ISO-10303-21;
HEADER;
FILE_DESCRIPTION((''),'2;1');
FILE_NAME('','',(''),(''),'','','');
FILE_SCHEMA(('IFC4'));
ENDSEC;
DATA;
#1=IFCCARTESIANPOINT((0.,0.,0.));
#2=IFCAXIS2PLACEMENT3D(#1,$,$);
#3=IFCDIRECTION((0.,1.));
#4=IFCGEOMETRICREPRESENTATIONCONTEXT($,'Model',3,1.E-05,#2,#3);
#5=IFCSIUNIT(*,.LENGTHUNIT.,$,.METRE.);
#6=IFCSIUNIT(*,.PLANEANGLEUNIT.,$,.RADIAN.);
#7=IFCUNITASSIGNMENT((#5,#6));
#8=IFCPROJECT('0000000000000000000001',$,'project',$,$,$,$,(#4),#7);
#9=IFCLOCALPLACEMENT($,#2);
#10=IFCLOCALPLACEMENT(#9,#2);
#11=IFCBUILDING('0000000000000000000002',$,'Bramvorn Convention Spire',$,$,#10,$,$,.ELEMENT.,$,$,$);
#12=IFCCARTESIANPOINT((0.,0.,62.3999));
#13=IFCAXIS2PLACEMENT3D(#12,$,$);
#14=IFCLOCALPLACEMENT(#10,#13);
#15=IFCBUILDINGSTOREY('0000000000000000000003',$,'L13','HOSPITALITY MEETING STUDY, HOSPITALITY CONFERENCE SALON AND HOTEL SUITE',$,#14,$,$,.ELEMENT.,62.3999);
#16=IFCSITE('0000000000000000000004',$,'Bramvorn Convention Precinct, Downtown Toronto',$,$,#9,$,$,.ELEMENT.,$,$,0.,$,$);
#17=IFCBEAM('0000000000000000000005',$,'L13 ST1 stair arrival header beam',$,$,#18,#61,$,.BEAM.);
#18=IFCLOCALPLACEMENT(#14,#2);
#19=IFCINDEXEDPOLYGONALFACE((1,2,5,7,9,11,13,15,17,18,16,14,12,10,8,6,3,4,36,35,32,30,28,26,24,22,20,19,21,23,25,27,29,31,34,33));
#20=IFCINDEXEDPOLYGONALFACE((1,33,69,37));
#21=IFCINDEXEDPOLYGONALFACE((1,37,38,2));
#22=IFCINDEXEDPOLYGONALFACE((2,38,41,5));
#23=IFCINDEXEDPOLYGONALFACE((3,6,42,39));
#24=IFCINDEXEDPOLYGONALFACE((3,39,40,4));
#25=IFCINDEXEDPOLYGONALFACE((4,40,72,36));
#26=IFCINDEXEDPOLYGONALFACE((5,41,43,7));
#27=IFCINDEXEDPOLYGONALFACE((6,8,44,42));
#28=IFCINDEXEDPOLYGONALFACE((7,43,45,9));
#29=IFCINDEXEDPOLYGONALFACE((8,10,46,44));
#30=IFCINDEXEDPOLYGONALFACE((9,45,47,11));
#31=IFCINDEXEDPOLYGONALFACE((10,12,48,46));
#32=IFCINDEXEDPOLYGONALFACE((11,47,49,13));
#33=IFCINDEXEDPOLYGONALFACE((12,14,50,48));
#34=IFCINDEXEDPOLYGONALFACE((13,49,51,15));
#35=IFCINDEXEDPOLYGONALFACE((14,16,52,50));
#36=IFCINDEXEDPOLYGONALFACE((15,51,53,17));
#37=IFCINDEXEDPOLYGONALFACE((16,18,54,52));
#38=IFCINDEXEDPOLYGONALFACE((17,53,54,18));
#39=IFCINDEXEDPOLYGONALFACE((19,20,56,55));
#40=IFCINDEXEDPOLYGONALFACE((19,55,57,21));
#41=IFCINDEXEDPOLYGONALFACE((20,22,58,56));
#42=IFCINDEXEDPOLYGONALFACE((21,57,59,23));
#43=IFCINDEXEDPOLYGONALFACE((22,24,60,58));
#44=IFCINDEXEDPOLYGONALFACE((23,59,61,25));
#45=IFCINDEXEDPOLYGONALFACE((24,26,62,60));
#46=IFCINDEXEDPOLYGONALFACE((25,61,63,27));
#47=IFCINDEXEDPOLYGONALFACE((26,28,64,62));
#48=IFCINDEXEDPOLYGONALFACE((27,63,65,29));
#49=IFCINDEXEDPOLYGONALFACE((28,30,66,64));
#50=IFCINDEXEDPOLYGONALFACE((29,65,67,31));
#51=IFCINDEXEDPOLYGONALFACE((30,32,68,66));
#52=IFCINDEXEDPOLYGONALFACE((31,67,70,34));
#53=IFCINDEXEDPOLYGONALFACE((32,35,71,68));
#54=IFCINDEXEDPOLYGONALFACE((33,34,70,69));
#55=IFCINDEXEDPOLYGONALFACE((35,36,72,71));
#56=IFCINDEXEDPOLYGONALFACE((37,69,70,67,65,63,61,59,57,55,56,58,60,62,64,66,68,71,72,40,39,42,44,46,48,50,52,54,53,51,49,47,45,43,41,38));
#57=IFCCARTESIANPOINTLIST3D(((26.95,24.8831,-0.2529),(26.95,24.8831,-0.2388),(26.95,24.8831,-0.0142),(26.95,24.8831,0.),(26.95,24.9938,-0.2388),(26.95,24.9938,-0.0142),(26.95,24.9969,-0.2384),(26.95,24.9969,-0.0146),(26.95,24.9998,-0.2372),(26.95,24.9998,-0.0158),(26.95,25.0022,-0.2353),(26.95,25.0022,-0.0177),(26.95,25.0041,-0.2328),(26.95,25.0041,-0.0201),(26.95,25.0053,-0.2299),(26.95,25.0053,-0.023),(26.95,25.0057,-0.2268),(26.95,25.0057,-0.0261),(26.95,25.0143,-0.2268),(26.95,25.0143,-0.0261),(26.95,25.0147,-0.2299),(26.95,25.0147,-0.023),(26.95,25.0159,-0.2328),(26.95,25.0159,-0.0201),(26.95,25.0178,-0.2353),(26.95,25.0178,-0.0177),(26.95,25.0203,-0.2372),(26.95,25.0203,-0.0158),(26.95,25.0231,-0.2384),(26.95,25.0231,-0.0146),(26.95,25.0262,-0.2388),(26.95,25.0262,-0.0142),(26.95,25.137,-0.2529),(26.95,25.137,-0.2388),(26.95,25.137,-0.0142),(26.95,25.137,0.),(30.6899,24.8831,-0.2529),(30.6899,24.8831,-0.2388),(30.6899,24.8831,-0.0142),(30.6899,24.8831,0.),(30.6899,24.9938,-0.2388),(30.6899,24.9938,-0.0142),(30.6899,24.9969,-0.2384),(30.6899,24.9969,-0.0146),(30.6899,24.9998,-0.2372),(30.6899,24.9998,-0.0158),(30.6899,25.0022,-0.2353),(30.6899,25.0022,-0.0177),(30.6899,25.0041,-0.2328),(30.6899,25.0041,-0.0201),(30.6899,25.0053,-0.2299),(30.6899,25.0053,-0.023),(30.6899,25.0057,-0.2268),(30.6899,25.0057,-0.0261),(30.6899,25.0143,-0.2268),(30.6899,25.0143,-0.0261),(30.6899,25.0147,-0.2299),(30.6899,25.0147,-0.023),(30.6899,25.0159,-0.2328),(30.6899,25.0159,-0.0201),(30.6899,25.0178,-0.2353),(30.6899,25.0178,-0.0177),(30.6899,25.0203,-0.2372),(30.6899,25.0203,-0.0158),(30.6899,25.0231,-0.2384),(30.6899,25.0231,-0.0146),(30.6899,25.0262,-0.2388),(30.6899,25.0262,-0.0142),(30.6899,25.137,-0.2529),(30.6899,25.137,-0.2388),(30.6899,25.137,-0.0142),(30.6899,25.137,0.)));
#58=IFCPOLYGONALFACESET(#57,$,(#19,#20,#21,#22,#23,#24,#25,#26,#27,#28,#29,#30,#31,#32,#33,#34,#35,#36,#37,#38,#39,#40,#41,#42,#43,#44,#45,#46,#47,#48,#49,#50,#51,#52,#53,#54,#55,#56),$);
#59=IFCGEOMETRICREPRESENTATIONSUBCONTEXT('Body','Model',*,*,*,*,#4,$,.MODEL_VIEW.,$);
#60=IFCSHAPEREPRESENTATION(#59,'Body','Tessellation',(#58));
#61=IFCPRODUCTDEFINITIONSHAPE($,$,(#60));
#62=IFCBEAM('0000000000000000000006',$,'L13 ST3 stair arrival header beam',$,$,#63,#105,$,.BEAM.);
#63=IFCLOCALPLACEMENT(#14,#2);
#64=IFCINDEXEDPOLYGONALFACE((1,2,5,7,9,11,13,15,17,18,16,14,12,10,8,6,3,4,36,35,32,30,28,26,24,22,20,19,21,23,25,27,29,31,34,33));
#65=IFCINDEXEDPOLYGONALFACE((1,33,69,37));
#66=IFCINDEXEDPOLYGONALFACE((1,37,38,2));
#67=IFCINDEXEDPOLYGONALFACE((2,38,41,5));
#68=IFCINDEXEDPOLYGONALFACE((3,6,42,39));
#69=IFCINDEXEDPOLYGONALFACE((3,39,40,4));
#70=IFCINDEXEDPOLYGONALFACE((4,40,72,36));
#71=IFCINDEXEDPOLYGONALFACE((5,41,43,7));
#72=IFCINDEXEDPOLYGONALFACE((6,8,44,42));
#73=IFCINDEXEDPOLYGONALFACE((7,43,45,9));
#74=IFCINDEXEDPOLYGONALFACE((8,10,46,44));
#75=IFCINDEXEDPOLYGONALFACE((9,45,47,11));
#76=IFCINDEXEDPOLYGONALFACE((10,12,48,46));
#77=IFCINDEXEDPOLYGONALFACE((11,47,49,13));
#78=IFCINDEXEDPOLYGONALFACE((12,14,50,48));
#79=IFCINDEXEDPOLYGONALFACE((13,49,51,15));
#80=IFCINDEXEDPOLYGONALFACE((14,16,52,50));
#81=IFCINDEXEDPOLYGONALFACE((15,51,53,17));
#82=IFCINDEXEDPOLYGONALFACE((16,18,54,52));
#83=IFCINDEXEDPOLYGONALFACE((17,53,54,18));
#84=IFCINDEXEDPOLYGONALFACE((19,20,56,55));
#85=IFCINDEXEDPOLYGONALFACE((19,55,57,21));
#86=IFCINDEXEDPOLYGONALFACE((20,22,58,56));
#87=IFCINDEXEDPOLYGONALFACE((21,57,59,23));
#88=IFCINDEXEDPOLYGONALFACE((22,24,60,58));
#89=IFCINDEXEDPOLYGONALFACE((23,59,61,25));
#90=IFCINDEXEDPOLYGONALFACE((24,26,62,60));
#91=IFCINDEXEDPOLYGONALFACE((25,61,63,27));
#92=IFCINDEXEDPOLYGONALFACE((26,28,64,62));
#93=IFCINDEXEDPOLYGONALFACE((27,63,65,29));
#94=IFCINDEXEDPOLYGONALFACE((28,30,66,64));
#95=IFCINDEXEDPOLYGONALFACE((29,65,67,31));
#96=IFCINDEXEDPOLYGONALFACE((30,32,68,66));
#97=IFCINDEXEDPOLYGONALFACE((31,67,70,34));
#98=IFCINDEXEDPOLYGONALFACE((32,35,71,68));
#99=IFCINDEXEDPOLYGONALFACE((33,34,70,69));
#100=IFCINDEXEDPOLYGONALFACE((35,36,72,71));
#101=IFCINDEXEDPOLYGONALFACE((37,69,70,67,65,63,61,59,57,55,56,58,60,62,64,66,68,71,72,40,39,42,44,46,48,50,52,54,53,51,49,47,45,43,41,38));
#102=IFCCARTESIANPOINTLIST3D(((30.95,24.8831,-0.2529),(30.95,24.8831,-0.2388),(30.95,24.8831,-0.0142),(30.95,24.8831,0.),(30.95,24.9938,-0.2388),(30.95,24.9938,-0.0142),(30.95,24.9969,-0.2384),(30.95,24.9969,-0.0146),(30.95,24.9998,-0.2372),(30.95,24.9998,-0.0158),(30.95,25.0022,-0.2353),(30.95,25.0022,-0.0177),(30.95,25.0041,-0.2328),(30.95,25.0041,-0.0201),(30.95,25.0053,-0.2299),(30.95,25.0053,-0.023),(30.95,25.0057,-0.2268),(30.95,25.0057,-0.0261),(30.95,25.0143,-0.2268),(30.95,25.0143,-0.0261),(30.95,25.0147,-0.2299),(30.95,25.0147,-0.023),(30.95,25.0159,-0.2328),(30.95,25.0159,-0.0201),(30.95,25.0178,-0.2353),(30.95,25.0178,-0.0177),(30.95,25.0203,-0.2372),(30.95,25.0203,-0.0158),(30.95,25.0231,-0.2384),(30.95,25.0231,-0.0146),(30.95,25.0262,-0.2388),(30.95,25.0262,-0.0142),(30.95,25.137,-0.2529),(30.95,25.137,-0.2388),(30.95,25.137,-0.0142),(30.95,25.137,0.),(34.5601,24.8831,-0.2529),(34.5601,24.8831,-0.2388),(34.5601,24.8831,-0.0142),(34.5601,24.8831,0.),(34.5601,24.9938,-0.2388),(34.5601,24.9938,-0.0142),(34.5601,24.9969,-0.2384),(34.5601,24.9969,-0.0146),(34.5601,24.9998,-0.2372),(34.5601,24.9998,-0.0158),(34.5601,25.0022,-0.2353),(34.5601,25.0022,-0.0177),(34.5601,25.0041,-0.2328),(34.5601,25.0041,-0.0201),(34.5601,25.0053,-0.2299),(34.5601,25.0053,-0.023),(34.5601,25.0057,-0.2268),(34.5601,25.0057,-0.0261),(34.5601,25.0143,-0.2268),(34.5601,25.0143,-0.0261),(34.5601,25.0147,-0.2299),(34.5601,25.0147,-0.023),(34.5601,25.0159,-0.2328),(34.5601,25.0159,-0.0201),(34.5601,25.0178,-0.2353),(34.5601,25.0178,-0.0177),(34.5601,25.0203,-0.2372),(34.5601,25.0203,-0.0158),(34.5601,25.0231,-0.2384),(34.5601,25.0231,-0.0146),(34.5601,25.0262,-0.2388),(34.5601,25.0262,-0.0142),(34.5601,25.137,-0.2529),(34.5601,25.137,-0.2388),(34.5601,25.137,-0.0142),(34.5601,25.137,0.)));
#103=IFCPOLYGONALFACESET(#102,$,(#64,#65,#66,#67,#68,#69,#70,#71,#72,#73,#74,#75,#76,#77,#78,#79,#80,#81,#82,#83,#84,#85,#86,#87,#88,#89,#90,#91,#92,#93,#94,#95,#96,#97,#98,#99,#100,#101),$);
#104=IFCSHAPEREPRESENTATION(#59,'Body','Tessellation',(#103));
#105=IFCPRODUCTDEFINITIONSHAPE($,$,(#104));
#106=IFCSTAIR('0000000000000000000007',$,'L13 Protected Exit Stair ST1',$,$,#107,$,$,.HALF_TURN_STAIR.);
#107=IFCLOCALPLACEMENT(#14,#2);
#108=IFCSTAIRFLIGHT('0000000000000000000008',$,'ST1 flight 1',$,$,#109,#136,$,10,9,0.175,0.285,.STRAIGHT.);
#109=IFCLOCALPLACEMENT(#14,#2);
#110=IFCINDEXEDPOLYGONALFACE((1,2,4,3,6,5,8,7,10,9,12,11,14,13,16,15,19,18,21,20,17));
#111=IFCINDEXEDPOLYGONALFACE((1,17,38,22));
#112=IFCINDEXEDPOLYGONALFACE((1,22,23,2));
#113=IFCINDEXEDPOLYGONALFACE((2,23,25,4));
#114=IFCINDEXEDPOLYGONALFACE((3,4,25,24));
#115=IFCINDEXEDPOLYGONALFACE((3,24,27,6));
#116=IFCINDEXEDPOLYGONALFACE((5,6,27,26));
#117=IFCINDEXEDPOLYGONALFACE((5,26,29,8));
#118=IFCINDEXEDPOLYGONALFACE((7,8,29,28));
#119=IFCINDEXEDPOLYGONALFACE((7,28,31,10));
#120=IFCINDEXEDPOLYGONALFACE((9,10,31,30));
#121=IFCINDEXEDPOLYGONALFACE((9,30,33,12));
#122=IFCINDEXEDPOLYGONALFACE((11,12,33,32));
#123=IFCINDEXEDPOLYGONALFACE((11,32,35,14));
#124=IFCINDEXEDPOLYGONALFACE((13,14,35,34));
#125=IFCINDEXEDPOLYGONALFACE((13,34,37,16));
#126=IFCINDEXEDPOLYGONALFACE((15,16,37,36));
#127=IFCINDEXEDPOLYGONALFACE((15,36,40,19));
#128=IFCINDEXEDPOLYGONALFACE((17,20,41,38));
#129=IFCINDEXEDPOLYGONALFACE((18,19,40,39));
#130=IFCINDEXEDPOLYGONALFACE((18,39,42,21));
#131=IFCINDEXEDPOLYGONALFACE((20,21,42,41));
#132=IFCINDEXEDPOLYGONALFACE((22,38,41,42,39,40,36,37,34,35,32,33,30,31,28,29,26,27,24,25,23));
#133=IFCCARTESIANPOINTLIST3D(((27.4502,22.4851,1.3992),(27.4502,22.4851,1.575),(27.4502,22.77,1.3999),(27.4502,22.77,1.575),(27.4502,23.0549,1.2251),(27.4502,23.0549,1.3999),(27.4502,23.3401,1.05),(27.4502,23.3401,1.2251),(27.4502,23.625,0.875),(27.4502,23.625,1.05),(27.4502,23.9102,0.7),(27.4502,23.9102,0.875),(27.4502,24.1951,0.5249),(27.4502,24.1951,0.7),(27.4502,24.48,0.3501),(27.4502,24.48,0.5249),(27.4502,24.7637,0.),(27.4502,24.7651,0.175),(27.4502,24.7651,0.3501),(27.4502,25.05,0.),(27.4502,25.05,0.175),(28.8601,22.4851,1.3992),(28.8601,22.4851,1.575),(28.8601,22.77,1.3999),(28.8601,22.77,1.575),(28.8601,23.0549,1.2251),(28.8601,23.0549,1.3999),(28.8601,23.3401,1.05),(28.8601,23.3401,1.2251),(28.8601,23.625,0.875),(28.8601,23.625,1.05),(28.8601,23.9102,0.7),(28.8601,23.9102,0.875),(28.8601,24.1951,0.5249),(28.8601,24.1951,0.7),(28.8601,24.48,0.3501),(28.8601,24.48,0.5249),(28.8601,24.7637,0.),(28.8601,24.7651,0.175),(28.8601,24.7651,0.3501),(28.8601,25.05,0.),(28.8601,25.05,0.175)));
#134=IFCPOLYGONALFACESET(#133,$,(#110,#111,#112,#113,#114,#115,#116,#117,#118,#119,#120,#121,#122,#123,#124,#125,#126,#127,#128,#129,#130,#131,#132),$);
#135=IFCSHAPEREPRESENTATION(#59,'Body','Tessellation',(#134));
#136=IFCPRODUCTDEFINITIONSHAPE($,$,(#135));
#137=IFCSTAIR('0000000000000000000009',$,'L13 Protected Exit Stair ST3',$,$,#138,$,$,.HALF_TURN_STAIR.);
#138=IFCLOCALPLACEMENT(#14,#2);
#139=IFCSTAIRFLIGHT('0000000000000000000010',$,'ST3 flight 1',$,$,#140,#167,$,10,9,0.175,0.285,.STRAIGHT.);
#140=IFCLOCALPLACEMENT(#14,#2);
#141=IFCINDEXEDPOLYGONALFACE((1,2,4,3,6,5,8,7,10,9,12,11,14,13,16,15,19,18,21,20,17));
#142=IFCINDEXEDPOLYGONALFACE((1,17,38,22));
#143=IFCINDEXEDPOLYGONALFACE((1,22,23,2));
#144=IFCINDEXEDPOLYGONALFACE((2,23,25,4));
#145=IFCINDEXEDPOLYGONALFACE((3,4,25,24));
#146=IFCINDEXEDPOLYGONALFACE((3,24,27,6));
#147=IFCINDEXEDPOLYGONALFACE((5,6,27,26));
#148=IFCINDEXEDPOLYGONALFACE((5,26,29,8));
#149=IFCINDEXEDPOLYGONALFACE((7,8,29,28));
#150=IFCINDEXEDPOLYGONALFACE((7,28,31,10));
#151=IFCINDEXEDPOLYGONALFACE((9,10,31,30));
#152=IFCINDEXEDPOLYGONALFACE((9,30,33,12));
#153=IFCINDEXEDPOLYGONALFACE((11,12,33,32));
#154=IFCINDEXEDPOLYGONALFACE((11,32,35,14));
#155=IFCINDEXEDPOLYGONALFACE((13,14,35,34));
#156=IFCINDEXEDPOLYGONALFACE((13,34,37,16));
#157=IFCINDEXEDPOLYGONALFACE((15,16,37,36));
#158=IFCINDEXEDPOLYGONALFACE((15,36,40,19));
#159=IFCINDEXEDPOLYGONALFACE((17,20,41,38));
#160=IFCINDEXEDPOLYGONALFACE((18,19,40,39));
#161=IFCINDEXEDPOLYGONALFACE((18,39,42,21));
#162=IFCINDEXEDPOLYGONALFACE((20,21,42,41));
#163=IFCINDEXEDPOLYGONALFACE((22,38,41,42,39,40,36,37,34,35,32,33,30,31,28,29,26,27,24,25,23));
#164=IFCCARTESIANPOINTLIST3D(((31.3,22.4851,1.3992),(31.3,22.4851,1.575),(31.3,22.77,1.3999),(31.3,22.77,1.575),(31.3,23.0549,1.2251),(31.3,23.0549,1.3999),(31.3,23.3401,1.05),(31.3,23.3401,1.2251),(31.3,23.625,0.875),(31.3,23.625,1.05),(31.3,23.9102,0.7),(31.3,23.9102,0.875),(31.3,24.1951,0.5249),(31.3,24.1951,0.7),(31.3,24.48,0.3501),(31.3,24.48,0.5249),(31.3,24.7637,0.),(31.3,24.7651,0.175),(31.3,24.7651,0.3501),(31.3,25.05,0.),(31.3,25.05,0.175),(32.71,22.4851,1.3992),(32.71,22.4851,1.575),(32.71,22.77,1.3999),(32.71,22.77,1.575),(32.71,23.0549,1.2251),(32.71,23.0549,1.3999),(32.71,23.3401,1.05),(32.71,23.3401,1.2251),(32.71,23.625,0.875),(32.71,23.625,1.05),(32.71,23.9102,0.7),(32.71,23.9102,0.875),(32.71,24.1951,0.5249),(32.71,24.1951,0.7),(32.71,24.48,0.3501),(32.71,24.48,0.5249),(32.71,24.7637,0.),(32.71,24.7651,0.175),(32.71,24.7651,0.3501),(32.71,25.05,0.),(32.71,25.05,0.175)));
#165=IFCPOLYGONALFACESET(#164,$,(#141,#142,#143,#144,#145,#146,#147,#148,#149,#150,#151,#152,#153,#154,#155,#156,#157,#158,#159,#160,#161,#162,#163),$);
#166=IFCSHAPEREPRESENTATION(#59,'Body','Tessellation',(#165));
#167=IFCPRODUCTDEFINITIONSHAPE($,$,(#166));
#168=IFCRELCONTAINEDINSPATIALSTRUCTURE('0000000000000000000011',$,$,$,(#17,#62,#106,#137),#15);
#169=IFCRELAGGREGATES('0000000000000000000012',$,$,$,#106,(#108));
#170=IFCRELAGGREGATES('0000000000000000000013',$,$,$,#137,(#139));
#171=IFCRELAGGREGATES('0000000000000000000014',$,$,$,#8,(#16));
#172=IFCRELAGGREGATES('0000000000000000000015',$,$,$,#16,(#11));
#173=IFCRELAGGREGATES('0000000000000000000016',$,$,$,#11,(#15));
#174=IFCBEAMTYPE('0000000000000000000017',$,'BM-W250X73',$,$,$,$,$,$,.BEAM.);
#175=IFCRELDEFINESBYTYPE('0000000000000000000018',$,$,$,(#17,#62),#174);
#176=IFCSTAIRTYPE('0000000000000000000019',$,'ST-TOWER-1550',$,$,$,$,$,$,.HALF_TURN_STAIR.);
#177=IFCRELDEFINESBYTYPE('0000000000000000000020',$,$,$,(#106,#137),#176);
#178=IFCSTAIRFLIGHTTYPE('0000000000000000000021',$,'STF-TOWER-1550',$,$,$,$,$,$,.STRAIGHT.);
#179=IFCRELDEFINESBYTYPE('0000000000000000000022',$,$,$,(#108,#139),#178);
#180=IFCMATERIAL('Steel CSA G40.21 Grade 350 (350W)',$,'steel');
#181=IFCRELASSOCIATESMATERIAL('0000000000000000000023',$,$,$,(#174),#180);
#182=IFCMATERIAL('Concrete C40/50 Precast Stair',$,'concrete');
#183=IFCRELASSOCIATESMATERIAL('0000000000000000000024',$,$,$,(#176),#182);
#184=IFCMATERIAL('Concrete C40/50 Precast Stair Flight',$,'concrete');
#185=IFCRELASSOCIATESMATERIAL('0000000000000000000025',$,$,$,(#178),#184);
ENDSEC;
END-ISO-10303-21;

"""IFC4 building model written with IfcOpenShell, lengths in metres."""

from ifc_helpers import new_model, si_unit, direction, frame, origin, origin_2d, place, context, subcontext, project, spatial, polyline, i_section, outline, extrude, material, material_profile, profile_set, type_object, element, aggregate, save


model = new_model("IFC4")

# Units and contexts
model_context = context("Model", 3, precision=1e-05, world=origin(), true_north=direction((0.0, 1.0)))
body_context = subcontext(model_context, "Body", "Model", "MODEL_VIEW")
ifc_project = project(units=[si_unit("LENGTHUNIT", "METRE"), si_unit("PLANEANGLEUNIT", "RADIAN")], contexts=[model_context])

# Site, building, storey
site_placement = place(None, origin())
site = spatial("IfcSite", under=ifc_project, at=site_placement, Name="Bramvorn Convention Precinct, Downtown Toronto", CompositionType="ELEMENT", RefElevation=0.0)
building_placement = place(site_placement, origin())
building = spatial("IfcBuilding", under=site, at=building_placement, Name="Bramvorn Convention Spire", CompositionType="ELEMENT")
storey_placement = place(building_placement, frame((0.0, 0.0, 62.3999)))
storey = spatial("IfcBuildingStorey", under=building, at=storey_placement, Name="L13", Description="HOSPITALITY MEETING STUDY, HOSPITALITY CONFERENCE SALON AND HOTEL SUITE", CompositionType="ELEMENT", Elevation=62.3999)

# Beams
ifc_material_1 = material(Name="Steel CSA G40.21 Grade 350 (350W)", Category="steel")
ifc_material_profile = material_profile(ifc_material_1, i_section(OverallWidth=0.2539, OverallDepth=0.2529, WebThickness=0.0085, FlangeThickness=0.0142, FilletRadius=0.012, at=origin_2d()))
ifc_profile_set = profile_set([ifc_material_profile], Name="Steel CSA G40.21 Grade 350 (350W) - W250X73")
beam_type = type_object("IfcBeamType", Name="BM-W250X73", PredefinedType="BEAM", material=ifc_profile_set)
beam_1_placement = place(storey_placement, frame((26.95, 25.01, -0.1265), z_axis=(1.0, 0.0, 0.0), x_axis=(0.0, 1.0, 0.0)))
element("IfcBeam", 1, at=beam_1_placement, inside=storey, type_object=beam_type, Name="L13 ST1 stair arrival header beam", PredefinedType="BEAM", context=body_context, shape_type="SweptSolid", body=[
    extrude(i_section(OverallWidth=0.2539, OverallDepth=0.2529, WebThickness=0.0085, FlangeThickness=0.0142, FilletRadius=0.012, at=origin_2d()), origin(), (0.0, 0.0, 1.0), 3.74),
])
beam_2_placement = place(storey_placement, frame((30.95, 25.01, -0.1265), z_axis=(1.0, 0.0, 0.0), x_axis=(0.0, 1.0, 0.0)))
element("IfcBeam", 2, at=beam_2_placement, inside=storey, type_object=beam_type, Name="L13 ST3 stair arrival header beam", PredefinedType="BEAM", context=body_context, shape_type="SweptSolid", body=[
    extrude(i_section(OverallWidth=0.2539, OverallDepth=0.2529, WebThickness=0.0085, FlangeThickness=0.0142, FilletRadius=0.012, at=origin_2d()), origin(), (0.0, 0.0, 1.0), 3.6101),
])

# Stairs, stair flights
ifc_material_2 = material(Name="Concrete C40/50 Precast Stair", Category="concrete")
stair_type = type_object("IfcStairType", Name="ST-TOWER-1550", PredefinedType="HALF_TURN_STAIR", material=ifc_material_2)
stair_1_placement = place(storey_placement, origin())
stair_1 = element("IfcStair", 3, at=stair_1_placement, inside=storey, type_object=stair_type, Name="L13 Protected Exit Stair ST1", PredefinedType="HALF_TURN_STAIR")
ifc_material_3 = material(Name="Concrete C40/50 Precast Stair Flight", Category="concrete")
stair_flight_type = type_object("IfcStairFlightType", Name="STF-TOWER-1550", PredefinedType="STRAIGHT", material=ifc_material_3)
stair_flight_1_placement = place(storey_placement, frame((28.155, 25.05, 0.0), z_axis=(0.0, 0.0, 1.0), x_axis=(0.0, -1.0, 0.0)))
stair_flight_1 = element("IfcStairFlight", 4, at=stair_flight_1_placement, type_object=stair_flight_type, Name="ST1 flight 1", NumberOfRisers=10, NumberOfTreads=9, PredefinedType="STRAIGHT", RiserHeight=0.175, TreadLength=0.285, context=body_context, shape_type="SweptSolid", body=[
    extrude(outline(polyline([(0.0, 0.0), (0.0, 0.175), (0.2849, 0.175), (0.2849, 0.3501), (0.5701, 0.3501), (0.5701, 0.5249), (0.855, 0.5249), (0.855, 0.7), (1.1399, 0.7), (1.1399, 0.875), (1.425, 0.875), (1.425, 1.05), (1.71, 1.05), (1.71, 1.2251), (1.9951, 1.2251), (1.9951, 1.3999), (2.28, 1.3999), (2.28, 1.575), (2.5649, 1.575), (2.5649, 1.75), (2.5649, 1.3992), (0.2864, 0.0), (0.0, 0.0)])), frame((0.0, 0.7051, 0.0), z_axis=(0.0, -1.0, 0.0), x_axis=(1.0, 0.0, 0.0)), (0.0, 0.0, 1.0), 1.4099),
])
aggregate(stair_1, [stair_flight_1])
stair_2_placement = place(storey_placement, origin())
stair_2 = element("IfcStair", 5, at=stair_2_placement, inside=storey, type_object=stair_type, Name="L13 Protected Exit Stair ST3", PredefinedType="HALF_TURN_STAIR")
stair_flight_2_placement = place(storey_placement, frame((32.0049, 25.05, 0.0), z_axis=(0.0, 0.0, 1.0), x_axis=(0.0, -1.0, 0.0)))
stair_flight_2 = element("IfcStairFlight", 6, at=stair_flight_2_placement, type_object=stair_flight_type, Name="ST3 flight 1", NumberOfRisers=10, NumberOfTreads=9, PredefinedType="STRAIGHT", RiserHeight=0.175, TreadLength=0.285, context=body_context, shape_type="SweptSolid", body=[
    extrude(outline(polyline([(0.0, 0.0), (0.0, 0.175), (0.2849, 0.175), (0.2849, 0.3501), (0.5701, 0.3501), (0.5701, 0.5249), (0.855, 0.5249), (0.855, 0.7), (1.1399, 0.7), (1.1399, 0.875), (1.425, 0.875), (1.425, 1.05), (1.71, 1.05), (1.71, 1.2251), (1.9951, 1.2251), (1.9951, 1.3999), (2.28, 1.3999), (2.28, 1.575), (2.5649, 1.575), (2.5649, 1.75), (2.5649, 1.3992), (0.2864, 0.0), (0.0, 0.0)])), frame((0.0, 0.7051, 0.0), z_axis=(0.0, -1.0, 0.0), x_axis=(1.0, 0.0, 0.0)), (0.0, 0.0, 1.0), 1.4099),
])
aggregate(stair_2, [stair_flight_2])

save(model, "model.ifc")
